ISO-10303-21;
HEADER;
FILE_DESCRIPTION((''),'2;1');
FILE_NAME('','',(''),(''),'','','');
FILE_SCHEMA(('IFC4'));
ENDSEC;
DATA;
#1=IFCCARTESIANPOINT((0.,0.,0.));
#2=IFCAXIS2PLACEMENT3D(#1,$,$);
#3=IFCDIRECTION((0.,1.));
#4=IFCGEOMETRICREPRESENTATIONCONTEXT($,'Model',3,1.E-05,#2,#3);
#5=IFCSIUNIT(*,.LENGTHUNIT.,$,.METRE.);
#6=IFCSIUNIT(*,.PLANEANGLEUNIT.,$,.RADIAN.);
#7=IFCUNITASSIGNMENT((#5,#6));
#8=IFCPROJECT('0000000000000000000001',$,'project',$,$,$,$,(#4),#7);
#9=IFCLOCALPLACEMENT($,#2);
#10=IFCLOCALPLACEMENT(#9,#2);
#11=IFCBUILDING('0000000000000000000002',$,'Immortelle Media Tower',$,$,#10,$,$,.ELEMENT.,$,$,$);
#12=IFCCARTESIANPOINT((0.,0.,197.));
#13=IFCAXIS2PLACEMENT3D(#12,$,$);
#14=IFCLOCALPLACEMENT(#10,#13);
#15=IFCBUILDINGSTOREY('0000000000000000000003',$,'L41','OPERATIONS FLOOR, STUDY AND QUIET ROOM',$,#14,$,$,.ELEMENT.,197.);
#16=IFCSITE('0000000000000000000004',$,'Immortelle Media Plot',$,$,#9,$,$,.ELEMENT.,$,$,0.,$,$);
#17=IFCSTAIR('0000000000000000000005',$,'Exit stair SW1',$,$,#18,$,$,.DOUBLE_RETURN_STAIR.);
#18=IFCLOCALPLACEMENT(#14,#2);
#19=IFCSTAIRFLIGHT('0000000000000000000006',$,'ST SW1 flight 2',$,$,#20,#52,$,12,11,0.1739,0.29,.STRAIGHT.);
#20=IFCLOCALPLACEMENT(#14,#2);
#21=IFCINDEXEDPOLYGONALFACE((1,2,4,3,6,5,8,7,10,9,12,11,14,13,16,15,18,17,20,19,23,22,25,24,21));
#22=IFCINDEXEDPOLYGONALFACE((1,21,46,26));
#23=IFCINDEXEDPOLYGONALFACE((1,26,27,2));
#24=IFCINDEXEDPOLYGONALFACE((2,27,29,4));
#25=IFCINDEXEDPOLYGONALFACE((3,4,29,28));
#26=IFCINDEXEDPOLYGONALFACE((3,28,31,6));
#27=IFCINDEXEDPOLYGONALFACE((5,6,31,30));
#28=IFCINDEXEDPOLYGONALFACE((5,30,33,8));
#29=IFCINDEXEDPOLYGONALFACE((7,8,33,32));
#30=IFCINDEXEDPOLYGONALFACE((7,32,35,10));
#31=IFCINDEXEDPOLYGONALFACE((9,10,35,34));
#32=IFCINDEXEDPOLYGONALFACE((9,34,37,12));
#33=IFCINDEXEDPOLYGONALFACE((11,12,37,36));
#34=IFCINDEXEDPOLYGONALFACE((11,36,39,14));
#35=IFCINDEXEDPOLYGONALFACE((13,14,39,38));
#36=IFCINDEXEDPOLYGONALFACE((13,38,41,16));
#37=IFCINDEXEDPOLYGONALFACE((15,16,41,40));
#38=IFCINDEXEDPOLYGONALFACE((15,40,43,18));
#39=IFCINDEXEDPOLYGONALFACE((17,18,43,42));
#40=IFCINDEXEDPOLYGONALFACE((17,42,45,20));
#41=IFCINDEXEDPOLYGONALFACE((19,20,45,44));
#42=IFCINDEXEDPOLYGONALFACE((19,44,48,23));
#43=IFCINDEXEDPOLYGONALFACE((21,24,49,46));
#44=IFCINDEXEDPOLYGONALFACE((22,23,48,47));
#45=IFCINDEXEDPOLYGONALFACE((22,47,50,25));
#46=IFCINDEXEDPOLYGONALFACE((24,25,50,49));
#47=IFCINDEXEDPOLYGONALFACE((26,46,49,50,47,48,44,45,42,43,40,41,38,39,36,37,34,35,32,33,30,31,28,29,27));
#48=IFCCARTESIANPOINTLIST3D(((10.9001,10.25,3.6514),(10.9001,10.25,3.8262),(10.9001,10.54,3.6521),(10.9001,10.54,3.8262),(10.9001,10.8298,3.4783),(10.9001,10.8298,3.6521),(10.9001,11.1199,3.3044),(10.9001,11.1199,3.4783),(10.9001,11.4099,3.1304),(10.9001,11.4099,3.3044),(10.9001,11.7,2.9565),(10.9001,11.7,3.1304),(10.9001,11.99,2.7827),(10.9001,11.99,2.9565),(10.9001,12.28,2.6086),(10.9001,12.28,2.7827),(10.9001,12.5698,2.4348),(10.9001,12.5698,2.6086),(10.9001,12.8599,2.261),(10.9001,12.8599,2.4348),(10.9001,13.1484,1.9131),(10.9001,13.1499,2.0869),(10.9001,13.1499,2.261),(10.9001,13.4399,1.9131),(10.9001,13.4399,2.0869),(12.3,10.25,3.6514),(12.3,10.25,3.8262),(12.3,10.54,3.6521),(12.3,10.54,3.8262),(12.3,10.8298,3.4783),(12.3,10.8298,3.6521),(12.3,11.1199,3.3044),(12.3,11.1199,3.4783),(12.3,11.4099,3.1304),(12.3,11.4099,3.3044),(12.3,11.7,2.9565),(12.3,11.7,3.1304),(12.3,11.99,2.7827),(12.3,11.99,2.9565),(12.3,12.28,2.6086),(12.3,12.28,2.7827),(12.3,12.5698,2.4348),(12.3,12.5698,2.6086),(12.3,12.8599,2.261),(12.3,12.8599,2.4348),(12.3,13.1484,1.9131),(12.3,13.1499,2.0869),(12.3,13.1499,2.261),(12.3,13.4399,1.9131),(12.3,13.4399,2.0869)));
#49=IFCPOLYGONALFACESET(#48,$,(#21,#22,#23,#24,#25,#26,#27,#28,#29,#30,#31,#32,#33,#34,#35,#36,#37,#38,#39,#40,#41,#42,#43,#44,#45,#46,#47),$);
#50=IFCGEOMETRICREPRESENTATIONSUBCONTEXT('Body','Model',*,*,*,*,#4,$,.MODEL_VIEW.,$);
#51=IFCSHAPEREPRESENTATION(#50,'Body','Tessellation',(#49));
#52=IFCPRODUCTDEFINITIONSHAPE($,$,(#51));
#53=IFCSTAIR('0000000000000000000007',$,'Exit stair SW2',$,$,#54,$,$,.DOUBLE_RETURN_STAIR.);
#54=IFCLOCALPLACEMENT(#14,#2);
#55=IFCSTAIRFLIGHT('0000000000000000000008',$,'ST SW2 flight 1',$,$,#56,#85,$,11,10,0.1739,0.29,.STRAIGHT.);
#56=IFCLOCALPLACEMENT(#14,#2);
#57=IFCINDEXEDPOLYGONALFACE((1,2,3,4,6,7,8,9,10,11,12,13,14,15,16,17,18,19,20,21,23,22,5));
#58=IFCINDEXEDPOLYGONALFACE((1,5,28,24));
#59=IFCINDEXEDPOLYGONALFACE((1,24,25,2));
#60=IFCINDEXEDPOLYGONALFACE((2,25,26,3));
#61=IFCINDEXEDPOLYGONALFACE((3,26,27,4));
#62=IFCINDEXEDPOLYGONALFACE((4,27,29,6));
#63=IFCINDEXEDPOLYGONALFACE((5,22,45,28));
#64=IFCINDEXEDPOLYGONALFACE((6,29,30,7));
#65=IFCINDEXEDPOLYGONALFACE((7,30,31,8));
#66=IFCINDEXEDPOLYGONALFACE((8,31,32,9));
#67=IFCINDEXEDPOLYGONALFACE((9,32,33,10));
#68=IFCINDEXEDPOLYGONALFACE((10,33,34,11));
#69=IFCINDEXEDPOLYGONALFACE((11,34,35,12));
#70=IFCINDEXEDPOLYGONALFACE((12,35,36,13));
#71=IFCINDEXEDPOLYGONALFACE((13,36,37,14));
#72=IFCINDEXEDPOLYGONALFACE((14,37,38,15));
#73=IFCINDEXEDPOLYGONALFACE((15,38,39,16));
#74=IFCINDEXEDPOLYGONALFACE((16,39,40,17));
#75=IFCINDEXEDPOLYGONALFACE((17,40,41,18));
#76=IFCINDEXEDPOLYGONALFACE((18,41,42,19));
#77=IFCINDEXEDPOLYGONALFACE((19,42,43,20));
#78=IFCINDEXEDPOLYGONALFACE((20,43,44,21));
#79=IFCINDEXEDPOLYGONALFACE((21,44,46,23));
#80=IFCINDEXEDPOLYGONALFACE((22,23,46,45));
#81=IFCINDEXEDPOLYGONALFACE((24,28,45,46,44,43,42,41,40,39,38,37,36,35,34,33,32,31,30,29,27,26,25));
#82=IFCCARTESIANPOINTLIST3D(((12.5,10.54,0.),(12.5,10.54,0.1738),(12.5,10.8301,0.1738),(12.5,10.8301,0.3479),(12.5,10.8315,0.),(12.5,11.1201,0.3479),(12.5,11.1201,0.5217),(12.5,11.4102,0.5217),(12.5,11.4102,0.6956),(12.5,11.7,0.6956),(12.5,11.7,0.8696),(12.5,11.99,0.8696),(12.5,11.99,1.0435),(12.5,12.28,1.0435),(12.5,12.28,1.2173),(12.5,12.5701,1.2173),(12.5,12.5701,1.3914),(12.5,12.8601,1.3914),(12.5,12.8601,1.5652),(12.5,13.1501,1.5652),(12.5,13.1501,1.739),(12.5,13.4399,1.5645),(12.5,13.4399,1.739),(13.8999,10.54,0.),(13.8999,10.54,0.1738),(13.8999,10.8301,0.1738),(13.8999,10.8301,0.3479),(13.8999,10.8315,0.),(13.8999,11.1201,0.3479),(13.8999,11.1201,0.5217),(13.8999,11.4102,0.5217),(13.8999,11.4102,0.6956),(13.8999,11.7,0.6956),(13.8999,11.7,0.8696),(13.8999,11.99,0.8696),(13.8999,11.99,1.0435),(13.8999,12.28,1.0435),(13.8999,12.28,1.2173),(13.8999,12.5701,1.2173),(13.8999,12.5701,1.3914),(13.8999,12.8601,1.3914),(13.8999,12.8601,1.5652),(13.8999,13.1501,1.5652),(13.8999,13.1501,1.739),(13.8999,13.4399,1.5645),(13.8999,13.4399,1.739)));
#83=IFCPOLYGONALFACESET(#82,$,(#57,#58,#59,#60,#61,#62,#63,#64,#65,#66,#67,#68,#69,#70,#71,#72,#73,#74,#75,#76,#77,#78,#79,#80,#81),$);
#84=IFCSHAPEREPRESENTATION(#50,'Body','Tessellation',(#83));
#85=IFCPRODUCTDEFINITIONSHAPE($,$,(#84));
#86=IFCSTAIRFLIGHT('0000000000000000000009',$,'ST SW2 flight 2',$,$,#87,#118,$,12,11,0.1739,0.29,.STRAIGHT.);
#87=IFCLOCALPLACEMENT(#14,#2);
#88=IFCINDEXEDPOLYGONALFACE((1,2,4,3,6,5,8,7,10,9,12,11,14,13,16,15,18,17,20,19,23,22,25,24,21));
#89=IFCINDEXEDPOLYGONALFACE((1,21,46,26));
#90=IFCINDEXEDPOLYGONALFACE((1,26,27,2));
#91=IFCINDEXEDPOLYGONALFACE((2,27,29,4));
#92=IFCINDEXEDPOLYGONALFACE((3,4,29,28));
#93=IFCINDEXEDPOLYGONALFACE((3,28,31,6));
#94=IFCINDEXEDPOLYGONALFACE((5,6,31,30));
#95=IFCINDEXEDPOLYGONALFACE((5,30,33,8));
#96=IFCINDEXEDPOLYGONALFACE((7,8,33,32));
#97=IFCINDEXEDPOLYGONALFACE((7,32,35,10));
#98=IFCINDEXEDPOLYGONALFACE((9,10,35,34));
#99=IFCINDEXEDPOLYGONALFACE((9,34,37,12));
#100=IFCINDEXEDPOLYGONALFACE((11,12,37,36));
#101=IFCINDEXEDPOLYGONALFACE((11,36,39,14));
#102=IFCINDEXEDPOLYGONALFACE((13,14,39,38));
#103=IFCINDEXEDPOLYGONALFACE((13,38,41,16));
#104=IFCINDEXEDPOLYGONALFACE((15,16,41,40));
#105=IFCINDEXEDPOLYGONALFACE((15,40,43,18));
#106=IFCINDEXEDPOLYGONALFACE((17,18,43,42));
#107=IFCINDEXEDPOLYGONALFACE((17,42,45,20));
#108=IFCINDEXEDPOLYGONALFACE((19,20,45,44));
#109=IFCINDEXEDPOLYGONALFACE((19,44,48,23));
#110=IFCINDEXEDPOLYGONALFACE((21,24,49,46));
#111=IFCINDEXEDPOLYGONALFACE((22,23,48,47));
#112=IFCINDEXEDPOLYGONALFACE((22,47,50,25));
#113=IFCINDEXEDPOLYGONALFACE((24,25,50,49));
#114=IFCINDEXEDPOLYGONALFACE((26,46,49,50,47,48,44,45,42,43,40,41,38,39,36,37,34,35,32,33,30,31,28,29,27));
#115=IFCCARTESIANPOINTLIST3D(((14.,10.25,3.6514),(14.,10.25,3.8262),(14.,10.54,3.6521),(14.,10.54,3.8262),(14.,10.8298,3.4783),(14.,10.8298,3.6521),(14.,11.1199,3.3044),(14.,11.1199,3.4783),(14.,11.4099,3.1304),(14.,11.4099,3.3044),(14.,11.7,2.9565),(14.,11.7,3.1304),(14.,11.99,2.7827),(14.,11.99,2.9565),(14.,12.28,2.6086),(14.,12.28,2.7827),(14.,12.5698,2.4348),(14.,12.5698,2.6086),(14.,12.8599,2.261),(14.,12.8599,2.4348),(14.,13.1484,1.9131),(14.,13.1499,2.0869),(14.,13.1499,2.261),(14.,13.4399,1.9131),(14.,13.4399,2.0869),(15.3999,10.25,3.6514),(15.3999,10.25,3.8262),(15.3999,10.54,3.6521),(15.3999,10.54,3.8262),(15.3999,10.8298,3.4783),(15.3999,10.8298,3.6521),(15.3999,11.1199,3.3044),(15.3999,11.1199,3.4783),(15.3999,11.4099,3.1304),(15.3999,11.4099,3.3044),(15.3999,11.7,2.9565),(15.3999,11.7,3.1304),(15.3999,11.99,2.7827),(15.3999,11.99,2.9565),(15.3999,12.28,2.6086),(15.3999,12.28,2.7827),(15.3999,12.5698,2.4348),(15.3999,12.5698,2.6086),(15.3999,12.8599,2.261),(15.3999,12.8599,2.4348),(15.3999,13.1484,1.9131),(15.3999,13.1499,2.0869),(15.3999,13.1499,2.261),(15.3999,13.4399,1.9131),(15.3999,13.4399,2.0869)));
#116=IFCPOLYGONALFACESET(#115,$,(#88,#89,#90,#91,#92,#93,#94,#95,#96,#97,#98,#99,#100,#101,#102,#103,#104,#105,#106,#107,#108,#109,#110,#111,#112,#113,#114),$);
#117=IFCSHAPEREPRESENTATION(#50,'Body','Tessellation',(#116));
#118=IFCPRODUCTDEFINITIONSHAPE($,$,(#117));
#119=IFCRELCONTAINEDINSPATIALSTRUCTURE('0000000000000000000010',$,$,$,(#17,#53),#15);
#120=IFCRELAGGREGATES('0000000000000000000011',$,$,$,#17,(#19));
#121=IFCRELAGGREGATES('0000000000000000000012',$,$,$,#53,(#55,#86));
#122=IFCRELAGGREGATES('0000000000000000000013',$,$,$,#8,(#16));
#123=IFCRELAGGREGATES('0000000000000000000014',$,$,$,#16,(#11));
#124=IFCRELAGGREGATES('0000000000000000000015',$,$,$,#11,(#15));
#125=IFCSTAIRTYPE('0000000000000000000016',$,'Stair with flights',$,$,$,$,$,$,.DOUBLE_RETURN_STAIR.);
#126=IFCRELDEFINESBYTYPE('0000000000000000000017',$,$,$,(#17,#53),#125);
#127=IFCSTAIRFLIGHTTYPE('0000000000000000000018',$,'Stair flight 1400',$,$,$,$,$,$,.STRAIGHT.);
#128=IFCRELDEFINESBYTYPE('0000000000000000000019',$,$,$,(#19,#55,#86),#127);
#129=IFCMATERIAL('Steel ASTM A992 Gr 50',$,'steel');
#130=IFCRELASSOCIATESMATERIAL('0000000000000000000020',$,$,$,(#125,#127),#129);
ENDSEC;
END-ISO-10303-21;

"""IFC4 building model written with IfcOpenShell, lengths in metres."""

from ifc_helpers import new_model, si_unit, direction, frame, origin, place, context, subcontext, project, spatial, polyline, outline, extrude, material, type_object, element, aggregate, save


model = new_model("IFC4")

# Units and contexts
model_context = context("Model", 3, precision=1e-05, world=origin(), true_north=direction((0.0, 1.0)))
body_context = subcontext(model_context, "Body", "Model", "MODEL_VIEW")
ifc_project = project(units=[si_unit("LENGTHUNIT", "METRE"), si_unit("PLANEANGLEUNIT", "RADIAN")], contexts=[model_context])

# Site, building, storey
site_placement = place(None, origin())
site = spatial("IfcSite", under=ifc_project, at=site_placement, Name="Immortelle Media Plot", CompositionType="ELEMENT", RefElevation=0.0)
building_placement = place(site_placement, origin())
building = spatial("IfcBuilding", under=site, at=building_placement, Name="Immortelle Media Tower", CompositionType="ELEMENT")
storey_placement = place(building_placement, frame((0.0, 0.0, 197.0)))
storey = spatial("IfcBuildingStorey", under=building, at=storey_placement, Name="L41", Description="OPERATIONS FLOOR, STUDY AND QUIET ROOM", CompositionType="ELEMENT", Elevation=197.0)

# Shared definitions
ifc_material_1 = material(Name="Steel ASTM A992 Gr 50", Category="steel")

# Stairs, stair flights
stair_type = type_object("IfcStairType", Name="Stair with flights", PredefinedType="DOUBLE_RETURN_STAIR", material=ifc_material_1)
stair_1_placement = place(storey_placement, origin())
stair_1 = element("IfcStair", 1, at=stair_1_placement, inside=storey, type_object=stair_type, Name="Exit stair SW1", PredefinedType="DOUBLE_RETURN_STAIR")
stair_flight_type = type_object("IfcStairFlightType", Name="Stair flight 1400", PredefinedType="STRAIGHT", material=ifc_material_1)
stair_flight_1_placement = place(storey_placement, frame((11.6001, 13.4399, 1.9131), z_axis=(0.0, 0.0, 1.0), x_axis=(0.0, -1.0, 0.0)))
stair_flight_1 = element("IfcStairFlight", 2, at=stair_flight_1_placement, type_object=stair_flight_type, Name="ST SW1 flight 2", NumberOfRisers=12, NumberOfTreads=11, PredefinedType="STRAIGHT", RiserHeight=0.1739, TreadLength=0.29, context=body_context, shape_type="SweptSolid", body=[
    extrude(outline(polyline([(0.0, 0.0), (0.0, 0.1738), (0.29, 0.1738), (0.29, 0.3479), (0.5801, 0.3479), (0.5801, 0.5217), (0.8701, 0.5217), (0.8701, 0.6956), (1.1599, 0.6956), (1.1599, 0.8696), (1.45, 0.8696), (1.45, 1.0435), (1.74, 1.0435), (1.74, 1.2173), (2.03, 1.2173), (2.03, 1.3914), (2.3201, 1.3914), (2.3201, 1.5652), (2.6101, 1.5652), (2.6101, 1.739), (2.8999, 1.739), (2.8999, 1.9131), (3.1899, 1.9131), (3.1899, 2.0869), (3.1899, 1.7383), (0.2915, 0.0), (0.0, 0.0)])), frame((0.0, 0.7, 0.0), z_axis=(0.0, -1.0, 0.0), x_axis=(1.0, 0.0, 0.0)), (0.0, 0.0, 1.0), 1.3999),
])
aggregate(stair_1, [stair_flight_1])
stair_2_placement = place(storey_placement, origin())
stair_2 = element("IfcStair", 3, at=stair_2_placement, inside=storey, type_object=stair_type, Name="Exit stair SW2", PredefinedType="DOUBLE_RETURN_STAIR")
stair_flight_2_placement = place(storey_placement, frame((13.2, 10.54, 0.0), z_axis=(0.0, 0.0, 1.0), x_axis=(0.0, 1.0, 0.0)))
stair_flight_2 = element("IfcStairFlight", 4, at=stair_flight_2_placement, type_object=stair_flight_type, Name="ST SW2 flight 1", NumberOfRisers=11, NumberOfTreads=10, PredefinedType="STRAIGHT", RiserHeight=0.1739, TreadLength=0.29, context=body_context, shape_type="SweptSolid", body=[
    extrude(outline(polyline([(0.0, 0.0), (0.0, 0.1738), (0.29, 0.1738), (0.29, 0.3479), (0.5801, 0.3479), (0.5801, 0.5217), (0.8701, 0.5217), (0.8701, 0.6956), (1.1599, 0.6956), (1.1599, 0.8696), (1.45, 0.8696), (1.45, 1.0435), (1.74, 1.0435), (1.74, 1.2173), (2.03, 1.2173), (2.03, 1.3914), (2.3201, 1.3914), (2.3201, 1.5652), (2.6101, 1.5652), (2.6101, 1.739), (2.8999, 1.739), (2.8999, 1.9131), (2.8999, 1.5645), (0.2915, 0.0), (0.0, 0.0)])), frame((0.0, 0.7, 0.0), z_axis=(0.0, -1.0, 0.0), x_axis=(1.0, 0.0, 0.0)), (0.0, 0.0, 1.0), 1.3999),
])
stair_flight_3_placement = place(storey_placement, frame((14.7, 13.4399, 1.9131), z_axis=(0.0, 0.0, 1.0), x_axis=(0.0, -1.0, 0.0)))
stair_flight_3 = element("IfcStairFlight", 5, at=stair_flight_3_placement, type_object=stair_flight_type, Name="ST SW2 flight 2", NumberOfRisers=12, NumberOfTreads=11, PredefinedType="STRAIGHT", RiserHeight=0.1739, TreadLength=0.29, context=body_context, shape_type="SweptSolid", body=[
    extrude(outline(polyline([(0.0, 0.0), (0.0, 0.1738), (0.29, 0.1738), (0.29, 0.3479), (0.5801, 0.3479), (0.5801, 0.5217), (0.8701, 0.5217), (0.8701, 0.6956), (1.1599, 0.6956), (1.1599, 0.8696), (1.45, 0.8696), (1.45, 1.0435), (1.74, 1.0435), (1.74, 1.2173), (2.03, 1.2173), (2.03, 1.3914), (2.3201, 1.3914), (2.3201, 1.5652), (2.6101, 1.5652), (2.6101, 1.739), (2.8999, 1.739), (2.8999, 1.9131), (3.1899, 1.9131), (3.1899, 2.0869), (3.1899, 1.7383), (0.2915, 0.0), (0.0, 0.0)])), frame((0.0, 0.7, 0.0), z_axis=(0.0, -1.0, 0.0), x_axis=(1.0, 0.0, 0.0)), (0.0, 0.0, 1.0), 1.3999),
])
aggregate(stair_2, [stair_flight_2, stair_flight_3])

save(model, "model.ifc")
